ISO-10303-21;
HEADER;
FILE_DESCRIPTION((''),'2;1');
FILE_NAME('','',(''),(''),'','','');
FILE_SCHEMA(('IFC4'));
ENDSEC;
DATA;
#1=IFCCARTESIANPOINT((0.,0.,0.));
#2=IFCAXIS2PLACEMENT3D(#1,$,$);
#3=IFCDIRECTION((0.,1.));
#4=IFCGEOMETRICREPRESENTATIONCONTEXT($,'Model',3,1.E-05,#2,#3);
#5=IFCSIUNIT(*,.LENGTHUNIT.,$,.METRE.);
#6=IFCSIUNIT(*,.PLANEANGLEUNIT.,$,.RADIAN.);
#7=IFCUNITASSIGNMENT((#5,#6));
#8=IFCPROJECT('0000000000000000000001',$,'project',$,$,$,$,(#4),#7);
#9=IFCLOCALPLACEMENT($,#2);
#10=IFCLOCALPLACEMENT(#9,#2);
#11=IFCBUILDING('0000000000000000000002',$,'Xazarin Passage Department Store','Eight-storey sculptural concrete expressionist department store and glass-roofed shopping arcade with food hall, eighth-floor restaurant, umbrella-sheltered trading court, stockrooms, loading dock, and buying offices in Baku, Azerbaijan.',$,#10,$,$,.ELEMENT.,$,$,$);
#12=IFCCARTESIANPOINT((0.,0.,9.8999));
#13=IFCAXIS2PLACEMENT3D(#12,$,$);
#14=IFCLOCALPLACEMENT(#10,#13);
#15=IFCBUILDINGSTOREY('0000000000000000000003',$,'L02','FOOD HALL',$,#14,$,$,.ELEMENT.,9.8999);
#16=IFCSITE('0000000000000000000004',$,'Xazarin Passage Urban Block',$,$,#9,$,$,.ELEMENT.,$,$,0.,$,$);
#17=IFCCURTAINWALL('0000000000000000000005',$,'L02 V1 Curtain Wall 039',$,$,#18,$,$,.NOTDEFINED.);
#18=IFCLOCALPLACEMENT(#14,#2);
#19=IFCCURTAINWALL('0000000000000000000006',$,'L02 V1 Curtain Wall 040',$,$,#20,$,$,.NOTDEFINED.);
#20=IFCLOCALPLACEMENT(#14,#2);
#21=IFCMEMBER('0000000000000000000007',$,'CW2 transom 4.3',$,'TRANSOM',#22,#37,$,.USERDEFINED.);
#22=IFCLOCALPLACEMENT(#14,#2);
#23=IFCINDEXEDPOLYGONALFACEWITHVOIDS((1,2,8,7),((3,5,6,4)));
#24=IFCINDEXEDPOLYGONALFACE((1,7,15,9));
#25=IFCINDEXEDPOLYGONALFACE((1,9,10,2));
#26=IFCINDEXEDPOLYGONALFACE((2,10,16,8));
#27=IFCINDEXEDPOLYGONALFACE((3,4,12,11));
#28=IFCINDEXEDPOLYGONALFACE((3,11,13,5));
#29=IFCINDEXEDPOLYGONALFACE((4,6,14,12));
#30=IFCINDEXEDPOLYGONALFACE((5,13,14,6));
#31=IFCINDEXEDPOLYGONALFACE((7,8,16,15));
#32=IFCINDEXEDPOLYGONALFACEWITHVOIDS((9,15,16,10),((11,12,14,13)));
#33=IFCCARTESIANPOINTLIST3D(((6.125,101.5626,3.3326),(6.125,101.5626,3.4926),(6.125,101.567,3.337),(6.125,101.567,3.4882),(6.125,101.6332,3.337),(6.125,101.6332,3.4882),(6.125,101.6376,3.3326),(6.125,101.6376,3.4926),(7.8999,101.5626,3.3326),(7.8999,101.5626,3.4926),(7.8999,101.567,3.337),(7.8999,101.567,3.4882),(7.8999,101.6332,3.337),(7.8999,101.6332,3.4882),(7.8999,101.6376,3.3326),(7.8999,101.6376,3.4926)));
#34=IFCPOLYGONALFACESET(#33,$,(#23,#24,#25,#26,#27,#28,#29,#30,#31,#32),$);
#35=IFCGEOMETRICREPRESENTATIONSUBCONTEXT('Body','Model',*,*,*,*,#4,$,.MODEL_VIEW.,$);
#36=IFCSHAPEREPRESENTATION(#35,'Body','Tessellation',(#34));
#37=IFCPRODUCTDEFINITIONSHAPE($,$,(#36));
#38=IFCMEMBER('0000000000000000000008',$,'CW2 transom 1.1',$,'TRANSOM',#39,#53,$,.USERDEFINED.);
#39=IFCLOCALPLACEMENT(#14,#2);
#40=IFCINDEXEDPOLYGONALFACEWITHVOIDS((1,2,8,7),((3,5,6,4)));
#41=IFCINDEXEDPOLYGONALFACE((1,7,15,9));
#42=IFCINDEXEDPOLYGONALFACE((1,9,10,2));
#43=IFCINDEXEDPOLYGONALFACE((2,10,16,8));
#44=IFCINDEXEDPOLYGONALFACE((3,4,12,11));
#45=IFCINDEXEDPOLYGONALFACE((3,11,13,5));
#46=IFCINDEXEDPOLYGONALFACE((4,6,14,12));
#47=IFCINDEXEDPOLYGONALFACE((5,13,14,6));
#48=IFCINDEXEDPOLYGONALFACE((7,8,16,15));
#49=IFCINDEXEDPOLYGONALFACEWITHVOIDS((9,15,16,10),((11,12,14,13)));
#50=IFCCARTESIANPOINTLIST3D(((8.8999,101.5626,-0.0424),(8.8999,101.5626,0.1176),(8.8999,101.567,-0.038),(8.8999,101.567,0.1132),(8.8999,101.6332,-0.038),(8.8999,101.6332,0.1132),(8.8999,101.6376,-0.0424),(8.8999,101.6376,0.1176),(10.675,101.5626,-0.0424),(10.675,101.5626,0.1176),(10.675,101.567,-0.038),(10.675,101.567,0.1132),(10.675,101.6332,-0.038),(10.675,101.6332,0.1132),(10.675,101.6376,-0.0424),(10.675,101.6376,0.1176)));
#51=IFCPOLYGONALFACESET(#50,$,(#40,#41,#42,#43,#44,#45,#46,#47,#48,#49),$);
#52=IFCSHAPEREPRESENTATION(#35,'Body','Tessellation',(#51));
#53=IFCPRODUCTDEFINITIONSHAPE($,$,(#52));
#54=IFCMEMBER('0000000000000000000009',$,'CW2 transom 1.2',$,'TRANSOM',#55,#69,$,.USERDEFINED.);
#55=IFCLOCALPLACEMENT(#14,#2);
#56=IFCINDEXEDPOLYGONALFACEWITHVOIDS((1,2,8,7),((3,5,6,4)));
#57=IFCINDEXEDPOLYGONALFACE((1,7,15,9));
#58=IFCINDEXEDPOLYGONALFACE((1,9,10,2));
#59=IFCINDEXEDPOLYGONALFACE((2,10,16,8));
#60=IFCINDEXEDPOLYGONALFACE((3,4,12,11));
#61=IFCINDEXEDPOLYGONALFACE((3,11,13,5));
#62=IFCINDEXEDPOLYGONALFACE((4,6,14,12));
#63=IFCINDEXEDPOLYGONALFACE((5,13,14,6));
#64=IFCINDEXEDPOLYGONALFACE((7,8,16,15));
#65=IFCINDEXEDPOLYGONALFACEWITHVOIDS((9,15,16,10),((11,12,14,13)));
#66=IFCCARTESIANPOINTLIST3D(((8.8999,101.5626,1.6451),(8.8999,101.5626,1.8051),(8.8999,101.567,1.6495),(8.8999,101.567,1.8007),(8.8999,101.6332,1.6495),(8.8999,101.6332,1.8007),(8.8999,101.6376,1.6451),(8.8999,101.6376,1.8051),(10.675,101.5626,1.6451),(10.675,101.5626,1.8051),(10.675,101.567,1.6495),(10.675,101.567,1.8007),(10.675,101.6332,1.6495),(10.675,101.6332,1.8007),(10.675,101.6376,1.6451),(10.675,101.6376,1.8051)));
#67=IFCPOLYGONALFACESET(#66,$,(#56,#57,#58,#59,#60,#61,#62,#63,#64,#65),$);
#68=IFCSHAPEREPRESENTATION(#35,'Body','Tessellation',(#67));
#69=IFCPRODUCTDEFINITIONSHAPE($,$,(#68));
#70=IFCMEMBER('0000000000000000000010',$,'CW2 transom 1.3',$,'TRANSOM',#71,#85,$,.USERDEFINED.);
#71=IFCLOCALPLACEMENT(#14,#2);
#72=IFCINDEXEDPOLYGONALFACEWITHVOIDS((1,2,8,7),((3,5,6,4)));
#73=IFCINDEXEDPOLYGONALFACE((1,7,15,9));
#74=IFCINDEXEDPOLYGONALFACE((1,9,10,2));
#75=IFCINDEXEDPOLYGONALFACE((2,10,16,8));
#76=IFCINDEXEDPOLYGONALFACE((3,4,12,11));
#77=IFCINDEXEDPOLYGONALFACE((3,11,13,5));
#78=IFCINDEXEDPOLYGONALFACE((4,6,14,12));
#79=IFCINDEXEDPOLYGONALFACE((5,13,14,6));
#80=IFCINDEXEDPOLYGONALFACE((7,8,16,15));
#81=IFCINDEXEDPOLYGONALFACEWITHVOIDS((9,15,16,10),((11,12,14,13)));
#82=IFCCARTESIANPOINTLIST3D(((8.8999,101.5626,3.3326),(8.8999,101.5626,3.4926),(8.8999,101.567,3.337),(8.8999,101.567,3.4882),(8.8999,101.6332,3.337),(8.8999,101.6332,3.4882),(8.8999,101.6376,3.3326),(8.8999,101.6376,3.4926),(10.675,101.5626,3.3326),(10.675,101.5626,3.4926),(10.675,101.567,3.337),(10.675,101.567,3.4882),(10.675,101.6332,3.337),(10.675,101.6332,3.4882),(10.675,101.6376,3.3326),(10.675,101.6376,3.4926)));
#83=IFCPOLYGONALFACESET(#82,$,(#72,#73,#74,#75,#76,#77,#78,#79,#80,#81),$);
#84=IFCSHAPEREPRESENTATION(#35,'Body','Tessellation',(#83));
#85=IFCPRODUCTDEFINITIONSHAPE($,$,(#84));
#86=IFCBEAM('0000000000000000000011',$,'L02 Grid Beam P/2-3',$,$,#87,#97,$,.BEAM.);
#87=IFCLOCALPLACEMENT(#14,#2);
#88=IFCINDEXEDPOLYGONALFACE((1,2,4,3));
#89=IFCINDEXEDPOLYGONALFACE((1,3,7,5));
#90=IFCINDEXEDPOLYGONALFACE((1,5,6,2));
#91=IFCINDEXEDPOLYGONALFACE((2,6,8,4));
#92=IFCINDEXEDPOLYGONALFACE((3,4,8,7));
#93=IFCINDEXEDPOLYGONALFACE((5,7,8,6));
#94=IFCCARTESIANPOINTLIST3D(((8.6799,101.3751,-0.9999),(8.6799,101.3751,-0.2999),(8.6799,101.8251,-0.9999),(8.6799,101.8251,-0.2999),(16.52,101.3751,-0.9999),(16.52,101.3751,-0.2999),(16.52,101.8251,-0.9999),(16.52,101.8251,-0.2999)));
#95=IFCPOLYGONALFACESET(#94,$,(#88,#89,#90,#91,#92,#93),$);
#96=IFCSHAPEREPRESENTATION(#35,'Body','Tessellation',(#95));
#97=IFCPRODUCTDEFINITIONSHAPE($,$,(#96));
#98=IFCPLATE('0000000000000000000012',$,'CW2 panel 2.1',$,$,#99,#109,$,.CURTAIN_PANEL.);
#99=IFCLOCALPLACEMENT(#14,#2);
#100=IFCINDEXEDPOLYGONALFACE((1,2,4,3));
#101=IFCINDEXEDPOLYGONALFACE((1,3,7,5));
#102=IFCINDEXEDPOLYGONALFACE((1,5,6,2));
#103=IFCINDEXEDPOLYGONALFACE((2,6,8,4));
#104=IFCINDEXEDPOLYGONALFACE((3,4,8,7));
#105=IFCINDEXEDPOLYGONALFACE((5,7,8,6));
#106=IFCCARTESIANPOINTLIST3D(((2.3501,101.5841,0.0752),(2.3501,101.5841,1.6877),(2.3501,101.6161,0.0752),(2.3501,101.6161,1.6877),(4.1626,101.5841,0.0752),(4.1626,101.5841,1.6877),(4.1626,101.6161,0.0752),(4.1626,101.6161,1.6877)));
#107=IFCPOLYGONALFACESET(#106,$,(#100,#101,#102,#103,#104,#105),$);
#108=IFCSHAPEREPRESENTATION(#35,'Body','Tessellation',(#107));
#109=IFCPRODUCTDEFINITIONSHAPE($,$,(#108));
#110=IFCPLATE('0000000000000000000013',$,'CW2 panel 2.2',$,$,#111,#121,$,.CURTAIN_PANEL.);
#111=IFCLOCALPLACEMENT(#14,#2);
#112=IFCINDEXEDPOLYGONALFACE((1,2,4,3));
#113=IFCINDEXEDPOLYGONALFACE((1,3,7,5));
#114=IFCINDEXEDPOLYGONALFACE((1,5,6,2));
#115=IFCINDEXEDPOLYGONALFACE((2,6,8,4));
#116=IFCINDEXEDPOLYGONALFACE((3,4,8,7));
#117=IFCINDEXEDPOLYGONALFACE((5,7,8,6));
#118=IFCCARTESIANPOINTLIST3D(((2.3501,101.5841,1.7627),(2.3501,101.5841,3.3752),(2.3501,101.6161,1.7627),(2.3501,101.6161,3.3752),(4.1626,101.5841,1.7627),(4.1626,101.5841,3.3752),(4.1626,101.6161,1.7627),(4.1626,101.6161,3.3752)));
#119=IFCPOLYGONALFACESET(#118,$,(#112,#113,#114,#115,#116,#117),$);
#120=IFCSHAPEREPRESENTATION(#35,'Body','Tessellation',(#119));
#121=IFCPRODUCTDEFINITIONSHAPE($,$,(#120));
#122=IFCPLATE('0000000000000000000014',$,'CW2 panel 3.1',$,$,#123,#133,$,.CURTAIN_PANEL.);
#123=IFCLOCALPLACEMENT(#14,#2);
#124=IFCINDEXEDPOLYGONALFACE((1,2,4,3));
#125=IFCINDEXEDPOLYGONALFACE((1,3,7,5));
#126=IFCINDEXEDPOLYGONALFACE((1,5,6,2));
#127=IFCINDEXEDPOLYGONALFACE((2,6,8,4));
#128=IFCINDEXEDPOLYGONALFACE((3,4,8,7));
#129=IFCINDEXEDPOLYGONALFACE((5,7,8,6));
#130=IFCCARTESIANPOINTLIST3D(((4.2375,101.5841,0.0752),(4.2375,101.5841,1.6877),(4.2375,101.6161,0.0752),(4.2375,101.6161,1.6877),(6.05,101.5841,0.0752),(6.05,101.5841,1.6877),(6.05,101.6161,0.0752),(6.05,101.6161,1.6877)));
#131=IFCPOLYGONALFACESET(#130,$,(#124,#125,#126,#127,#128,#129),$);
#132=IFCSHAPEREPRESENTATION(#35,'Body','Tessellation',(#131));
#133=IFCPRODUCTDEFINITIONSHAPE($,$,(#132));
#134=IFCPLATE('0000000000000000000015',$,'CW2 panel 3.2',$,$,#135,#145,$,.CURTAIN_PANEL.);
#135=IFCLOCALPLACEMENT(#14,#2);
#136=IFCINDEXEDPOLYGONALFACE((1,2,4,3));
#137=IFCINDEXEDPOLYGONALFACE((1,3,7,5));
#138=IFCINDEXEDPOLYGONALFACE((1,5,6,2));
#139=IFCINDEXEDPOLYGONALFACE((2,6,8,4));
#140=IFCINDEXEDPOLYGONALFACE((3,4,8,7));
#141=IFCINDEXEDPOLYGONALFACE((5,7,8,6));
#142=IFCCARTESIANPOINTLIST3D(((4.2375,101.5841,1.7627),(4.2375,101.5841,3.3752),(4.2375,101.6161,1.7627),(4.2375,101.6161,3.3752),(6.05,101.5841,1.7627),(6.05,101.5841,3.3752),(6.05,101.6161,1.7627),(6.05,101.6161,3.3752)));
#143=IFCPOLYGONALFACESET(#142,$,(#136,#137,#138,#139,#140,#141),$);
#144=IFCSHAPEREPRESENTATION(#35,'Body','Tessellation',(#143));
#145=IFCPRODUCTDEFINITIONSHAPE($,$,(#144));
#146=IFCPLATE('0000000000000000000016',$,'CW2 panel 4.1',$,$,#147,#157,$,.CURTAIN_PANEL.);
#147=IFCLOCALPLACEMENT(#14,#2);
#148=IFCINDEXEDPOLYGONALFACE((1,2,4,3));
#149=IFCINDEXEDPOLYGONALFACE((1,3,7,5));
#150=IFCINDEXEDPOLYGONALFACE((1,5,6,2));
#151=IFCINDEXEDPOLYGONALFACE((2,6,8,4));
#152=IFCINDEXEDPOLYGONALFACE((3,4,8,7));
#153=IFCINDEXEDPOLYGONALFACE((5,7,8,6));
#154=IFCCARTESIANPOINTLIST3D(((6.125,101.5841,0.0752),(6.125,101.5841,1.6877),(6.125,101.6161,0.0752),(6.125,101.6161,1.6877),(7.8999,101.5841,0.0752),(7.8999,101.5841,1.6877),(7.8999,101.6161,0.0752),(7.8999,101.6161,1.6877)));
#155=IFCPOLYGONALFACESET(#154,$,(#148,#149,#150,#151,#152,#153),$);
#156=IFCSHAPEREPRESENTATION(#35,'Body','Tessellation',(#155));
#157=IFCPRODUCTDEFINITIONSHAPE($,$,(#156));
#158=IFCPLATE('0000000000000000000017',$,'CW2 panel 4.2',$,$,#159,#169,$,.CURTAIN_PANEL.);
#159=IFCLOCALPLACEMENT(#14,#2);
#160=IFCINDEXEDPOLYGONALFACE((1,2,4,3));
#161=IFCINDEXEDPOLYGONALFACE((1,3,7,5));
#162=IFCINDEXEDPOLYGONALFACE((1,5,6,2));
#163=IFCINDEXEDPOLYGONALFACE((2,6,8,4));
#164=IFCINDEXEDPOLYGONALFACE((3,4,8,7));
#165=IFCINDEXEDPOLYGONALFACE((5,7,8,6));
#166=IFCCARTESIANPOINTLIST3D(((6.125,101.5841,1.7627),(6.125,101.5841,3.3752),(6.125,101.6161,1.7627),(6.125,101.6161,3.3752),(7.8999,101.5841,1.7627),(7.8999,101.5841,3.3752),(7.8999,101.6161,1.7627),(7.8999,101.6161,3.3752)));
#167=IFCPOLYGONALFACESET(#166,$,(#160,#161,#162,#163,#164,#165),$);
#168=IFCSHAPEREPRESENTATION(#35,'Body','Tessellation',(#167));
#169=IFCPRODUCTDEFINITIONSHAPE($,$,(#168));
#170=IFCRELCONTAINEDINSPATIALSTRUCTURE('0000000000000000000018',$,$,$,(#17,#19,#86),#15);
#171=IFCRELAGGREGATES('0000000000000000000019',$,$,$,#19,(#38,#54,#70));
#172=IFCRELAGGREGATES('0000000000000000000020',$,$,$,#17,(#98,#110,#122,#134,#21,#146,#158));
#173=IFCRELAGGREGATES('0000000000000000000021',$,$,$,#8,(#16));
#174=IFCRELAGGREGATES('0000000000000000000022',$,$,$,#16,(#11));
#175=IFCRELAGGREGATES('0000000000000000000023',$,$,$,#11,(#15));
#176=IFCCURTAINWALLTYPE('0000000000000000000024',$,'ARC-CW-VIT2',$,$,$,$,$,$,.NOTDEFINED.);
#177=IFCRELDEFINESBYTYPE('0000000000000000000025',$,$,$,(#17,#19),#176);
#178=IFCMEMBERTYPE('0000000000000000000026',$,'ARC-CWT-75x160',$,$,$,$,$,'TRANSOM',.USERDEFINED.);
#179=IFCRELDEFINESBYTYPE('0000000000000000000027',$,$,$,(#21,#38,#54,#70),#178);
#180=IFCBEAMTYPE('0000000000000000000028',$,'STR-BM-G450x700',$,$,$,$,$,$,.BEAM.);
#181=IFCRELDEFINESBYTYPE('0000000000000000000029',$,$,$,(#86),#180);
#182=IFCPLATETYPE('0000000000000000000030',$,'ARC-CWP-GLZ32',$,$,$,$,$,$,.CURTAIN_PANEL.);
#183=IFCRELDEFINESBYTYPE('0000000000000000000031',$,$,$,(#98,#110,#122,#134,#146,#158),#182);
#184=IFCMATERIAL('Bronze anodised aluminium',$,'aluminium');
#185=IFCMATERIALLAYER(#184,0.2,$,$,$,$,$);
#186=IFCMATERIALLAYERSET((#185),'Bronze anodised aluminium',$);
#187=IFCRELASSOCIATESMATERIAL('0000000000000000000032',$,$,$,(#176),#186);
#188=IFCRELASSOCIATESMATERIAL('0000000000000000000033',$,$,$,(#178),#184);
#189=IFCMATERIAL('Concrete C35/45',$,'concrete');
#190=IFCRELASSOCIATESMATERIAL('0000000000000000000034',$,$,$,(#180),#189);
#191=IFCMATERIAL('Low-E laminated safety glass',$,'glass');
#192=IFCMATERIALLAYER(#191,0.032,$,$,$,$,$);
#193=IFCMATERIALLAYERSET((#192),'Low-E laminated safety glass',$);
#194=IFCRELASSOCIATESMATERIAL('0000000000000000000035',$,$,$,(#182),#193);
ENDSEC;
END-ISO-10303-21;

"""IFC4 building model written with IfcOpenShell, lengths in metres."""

from ifc_helpers import new_model, si_unit, direction, frame, origin, origin_2d, place, context, subcontext, project, spatial, rectangle, hollow_rectangle, extrude, material, layer, layer_set, material_profile, profile_set, type_object, element, aggregate, save


model = new_model("IFC4")

# Units and contexts
model_context = context("Model", 3, precision=1e-05, world=origin(), true_north=direction((0.0, 1.0)))
body_context = subcontext(model_context, "Body", "Model", "MODEL_VIEW")
ifc_project = project(units=[si_unit("LENGTHUNIT", "METRE"), si_unit("PLANEANGLEUNIT", "RADIAN")], contexts=[model_context])

# Site, building, storey
site_placement = place(None, origin())
site = spatial("IfcSite", under=ifc_project, at=site_placement, Name="Xazarin Passage Urban Block", CompositionType="ELEMENT", RefElevation=0.0)
building_placement = place(site_placement, origin())
building = spatial("IfcBuilding", under=site, at=building_placement, Name="Xazarin Passage Department Store", Description="Eight-storey sculptural concrete expressionist department store and glass-roofed shopping arcade with food hall, eighth-floor restaurant, umbrella-sheltered trading court, stockrooms, loading dock, and buying offices in Baku, Azerbaijan.", CompositionType="ELEMENT")
storey_placement = place(building_placement, frame((0.0, 0.0, 9.8999)))
storey = spatial("IfcBuildingStorey", under=building, at=storey_placement, Name="L02", Description="FOOD HALL", CompositionType="ELEMENT", Elevation=9.8999)

# Curtain wall
ifc_material_1 = material(Name="Bronze anodised aluminium", Category="aluminium")
ifc_layer_1 = layer(ifc_material_1, 0.2)
ifc_layer_set_1 = layer_set([ifc_layer_1], Name="Bronze anodised aluminium")
curtain_wall_type = type_object("IfcCurtainWallType", Name="ARC-CW-VIT2", PredefinedType="NOTDEFINED", material=ifc_layer_set_1)
curtain_wall_1_placement = place(storey_placement, origin())
curtain_wall_1 = element("IfcCurtainWall", 1, at=curtain_wall_1_placement, inside=storey, type_object=curtain_wall_type, Name="L02 V1 Curtain Wall 039", PredefinedType="NOTDEFINED")

# Curtain wall
curtain_wall_2_placement = place(storey_placement, origin())
curtain_wall_2 = element("IfcCurtainWall", 2, at=curtain_wall_2_placement, inside=storey, type_object=curtain_wall_type, Name="L02 V1 Curtain Wall 040", PredefinedType="NOTDEFINED")

# Members
ifc_material_profile_1 = material_profile(ifc_material_1, hollow_rectangle(XDim=0.075, YDim=0.1599, WallThickness=0.0044, at=origin_2d()), Name="ALU 75x160")
ifc_profile_set_1 = profile_set([ifc_material_profile_1], Name="Bronze anodised aluminium")
member_type_1 = type_object("IfcMemberType", Name="ARC-CWT-75x160", ElementType="TRANSOM", PredefinedType="USERDEFINED", material=ifc_profile_set_1)
member_1_placement = place(storey_placement, frame((6.125, 101.6001, 3.4126), z_axis=(1.0, 0.0, 0.0), x_axis=(0.0, 1.0, 0.0)))
member_1 = element("IfcMember", 3, at=member_1_placement, type_object=member_type_1, Name="CW2 transom 4.3", ObjectType="TRANSOM", PredefinedType="USERDEFINED", context=body_context, shape_type="SweptSolid", body=[
    extrude(hollow_rectangle(XDim=0.075, YDim=0.1599, WallThickness=0.0044, at=origin_2d()), origin(), (0.0, 0.0, 1.0), 1.7749),
])
member_2_placement = place(storey_placement, frame((8.8999, 101.6001, 0.0376), z_axis=(1.0, 0.0, 0.0), x_axis=(0.0, 1.0, 0.0)))
member_2 = element("IfcMember", 4, at=member_2_placement, type_object=member_type_1, Name="CW2 transom 1.1", ObjectType="TRANSOM", PredefinedType="USERDEFINED", context=body_context, shape_type="SweptSolid", body=[
    extrude(hollow_rectangle(XDim=0.075, YDim=0.1599, WallThickness=0.0044, at=origin_2d()), origin(), (0.0, 0.0, 1.0), 1.7751),
])
member_3_placement = place(storey_placement, frame((8.8999, 101.6001, 1.7251), z_axis=(1.0, 0.0, 0.0), x_axis=(0.0, 1.0, 0.0)))
member_3 = element("IfcMember", 5, at=member_3_placement, type_object=member_type_1, Name="CW2 transom 1.2", ObjectType="TRANSOM", PredefinedType="USERDEFINED", context=body_context, shape_type="SweptSolid", body=[
    extrude(hollow_rectangle(XDim=0.075, YDim=0.1599, WallThickness=0.0044, at=origin_2d()), origin(), (0.0, 0.0, 1.0), 1.7751),
])
member_4_placement = place(storey_placement, frame((8.8999, 101.6001, 3.4126), z_axis=(1.0, 0.0, 0.0), x_axis=(0.0, 1.0, 0.0)))
member_4 = element("IfcMember", 6, at=member_4_placement, type_object=member_type_1, Name="CW2 transom 1.3", ObjectType="TRANSOM", PredefinedType="USERDEFINED", context=body_context, shape_type="SweptSolid", body=[
    extrude(hollow_rectangle(XDim=0.075, YDim=0.1599, WallThickness=0.0044, at=origin_2d()), origin(), (0.0, 0.0, 1.0), 1.7751),
])
aggregate(curtain_wall_2, [member_2, member_3, member_4])

# Beam
ifc_material_2 = material(Name="Concrete C35/45", Category="concrete")
ifc_material_profile_2 = material_profile(ifc_material_2, rectangle(XDim=0.45, YDim=0.7, at=origin_2d()), Name="RC 450x700")
ifc_profile_set_2 = profile_set([ifc_material_profile_2], Name="Concrete C35/45")
beam_type = type_object("IfcBeamType", Name="STR-BM-G450x700", PredefinedType="BEAM", material=ifc_profile_set_2)
beam_placement = place(storey_placement, frame((8.6799, 101.6001, -0.6499), z_axis=(1.0, 0.0, 0.0), x_axis=(0.0, 1.0, 0.0)))
element("IfcBeam", 7, at=beam_placement, inside=storey, type_object=beam_type, Name="L02 Grid Beam P/2-3", PredefinedType="BEAM", context=body_context, shape_type="SweptSolid", body=[
    extrude(rectangle(XDim=0.45, YDim=0.7, at=origin_2d()), origin(), (0.0, 0.0, 1.0), 7.8401),
])

# Plates
ifc_material_3 = material(Name="Low-E laminated safety glass", Category="glass")
ifc_layer_2 = layer(ifc_material_3, 0.032)
ifc_layer_set_2 = layer_set([ifc_layer_2], Name="Low-E laminated safety glass")
plate_type = type_object("IfcPlateType", Name="ARC-CWP-GLZ32", PredefinedType="CURTAIN_PANEL", material=ifc_layer_set_2)
plate_1_placement = place(storey_placement, frame((3.2563, 101.6001, 0.0752), z_axis=(0.0, 0.0, 1.0), x_axis=(1.0, 0.0, 0.0)))
plate_1 = element("IfcPlate", 8, at=plate_1_placement, type_object=plate_type, Name="CW2 panel 2.1", PredefinedType="CURTAIN_PANEL", context=body_context, shape_type="SweptSolid", body=[
    extrude(rectangle(XDim=1.8125, YDim=0.032, at=origin_2d()), origin(), (0.0, 0.0, 1.0), 1.6125),
])
plate_2_placement = place(storey_placement, frame((3.2563, 101.6001, 1.7627), z_axis=(0.0, 0.0, 1.0), x_axis=(1.0, 0.0, 0.0)))
plate_2 = element("IfcPlate", 9, at=plate_2_placement, type_object=plate_type, Name="CW2 panel 2.2", PredefinedType="CURTAIN_PANEL", context=body_context, shape_type="SweptSolid", body=[
    extrude(rectangle(XDim=1.8125, YDim=0.032, at=origin_2d()), origin(), (0.0, 0.0, 1.0), 1.6125),
])
plate_3_placement = place(storey_placement, frame((5.1438, 101.6001, 0.0752), z_axis=(0.0, 0.0, 1.0), x_axis=(1.0, 0.0, 0.0)))
plate_3 = element("IfcPlate", 10, at=plate_3_placement, type_object=plate_type, Name="CW2 panel 3.1", PredefinedType="CURTAIN_PANEL", context=body_context, shape_type="SweptSolid", body=[
    extrude(rectangle(XDim=1.8125, YDim=0.032, at=origin_2d()), origin(), (0.0, 0.0, 1.0), 1.6125),
])
plate_4_placement = place(storey_placement, frame((5.1438, 101.6001, 1.7627), z_axis=(0.0, 0.0, 1.0), x_axis=(1.0, 0.0, 0.0)))
plate_4 = element("IfcPlate", 11, at=plate_4_placement, type_object=plate_type, Name="CW2 panel 3.2", PredefinedType="CURTAIN_PANEL", context=body_context, shape_type="SweptSolid", body=[
    extrude(rectangle(XDim=1.8125, YDim=0.032, at=origin_2d()), origin(), (0.0, 0.0, 1.0), 1.6125),
])
plate_5_placement = place(storey_placement, frame((7.0125, 101.6001, 0.0752), z_axis=(0.0, 0.0, 1.0), x_axis=(1.0, 0.0, 0.0)))
plate_5 = element("IfcPlate", 12, at=plate_5_placement, type_object=plate_type, Name="CW2 panel 4.1", PredefinedType="CURTAIN_PANEL", context=body_context, shape_type="SweptSolid", body=[
    extrude(rectangle(XDim=1.7749, YDim=0.032, at=origin_2d()), origin(), (0.0, 0.0, 1.0), 1.6125),
])
plate_6_placement = place(storey_placement, frame((7.0125, 101.6001, 1.7627), z_axis=(0.0, 0.0, 1.0), x_axis=(1.0, 0.0, 0.0)))
plate_6 = element("IfcPlate", 13, at=plate_6_placement, type_object=plate_type, Name="CW2 panel 4.2", PredefinedType="CURTAIN_PANEL", context=body_context, shape_type="SweptSolid", body=[
    extrude(rectangle(XDim=1.7749, YDim=0.032, at=origin_2d()), origin(), (0.0, 0.0, 1.0), 1.6125),
])
aggregate(curtain_wall_1, [plate_1, plate_2, plate_3, plate_4, member_1, plate_5, plate_6])

save(model, "model.ifc")
